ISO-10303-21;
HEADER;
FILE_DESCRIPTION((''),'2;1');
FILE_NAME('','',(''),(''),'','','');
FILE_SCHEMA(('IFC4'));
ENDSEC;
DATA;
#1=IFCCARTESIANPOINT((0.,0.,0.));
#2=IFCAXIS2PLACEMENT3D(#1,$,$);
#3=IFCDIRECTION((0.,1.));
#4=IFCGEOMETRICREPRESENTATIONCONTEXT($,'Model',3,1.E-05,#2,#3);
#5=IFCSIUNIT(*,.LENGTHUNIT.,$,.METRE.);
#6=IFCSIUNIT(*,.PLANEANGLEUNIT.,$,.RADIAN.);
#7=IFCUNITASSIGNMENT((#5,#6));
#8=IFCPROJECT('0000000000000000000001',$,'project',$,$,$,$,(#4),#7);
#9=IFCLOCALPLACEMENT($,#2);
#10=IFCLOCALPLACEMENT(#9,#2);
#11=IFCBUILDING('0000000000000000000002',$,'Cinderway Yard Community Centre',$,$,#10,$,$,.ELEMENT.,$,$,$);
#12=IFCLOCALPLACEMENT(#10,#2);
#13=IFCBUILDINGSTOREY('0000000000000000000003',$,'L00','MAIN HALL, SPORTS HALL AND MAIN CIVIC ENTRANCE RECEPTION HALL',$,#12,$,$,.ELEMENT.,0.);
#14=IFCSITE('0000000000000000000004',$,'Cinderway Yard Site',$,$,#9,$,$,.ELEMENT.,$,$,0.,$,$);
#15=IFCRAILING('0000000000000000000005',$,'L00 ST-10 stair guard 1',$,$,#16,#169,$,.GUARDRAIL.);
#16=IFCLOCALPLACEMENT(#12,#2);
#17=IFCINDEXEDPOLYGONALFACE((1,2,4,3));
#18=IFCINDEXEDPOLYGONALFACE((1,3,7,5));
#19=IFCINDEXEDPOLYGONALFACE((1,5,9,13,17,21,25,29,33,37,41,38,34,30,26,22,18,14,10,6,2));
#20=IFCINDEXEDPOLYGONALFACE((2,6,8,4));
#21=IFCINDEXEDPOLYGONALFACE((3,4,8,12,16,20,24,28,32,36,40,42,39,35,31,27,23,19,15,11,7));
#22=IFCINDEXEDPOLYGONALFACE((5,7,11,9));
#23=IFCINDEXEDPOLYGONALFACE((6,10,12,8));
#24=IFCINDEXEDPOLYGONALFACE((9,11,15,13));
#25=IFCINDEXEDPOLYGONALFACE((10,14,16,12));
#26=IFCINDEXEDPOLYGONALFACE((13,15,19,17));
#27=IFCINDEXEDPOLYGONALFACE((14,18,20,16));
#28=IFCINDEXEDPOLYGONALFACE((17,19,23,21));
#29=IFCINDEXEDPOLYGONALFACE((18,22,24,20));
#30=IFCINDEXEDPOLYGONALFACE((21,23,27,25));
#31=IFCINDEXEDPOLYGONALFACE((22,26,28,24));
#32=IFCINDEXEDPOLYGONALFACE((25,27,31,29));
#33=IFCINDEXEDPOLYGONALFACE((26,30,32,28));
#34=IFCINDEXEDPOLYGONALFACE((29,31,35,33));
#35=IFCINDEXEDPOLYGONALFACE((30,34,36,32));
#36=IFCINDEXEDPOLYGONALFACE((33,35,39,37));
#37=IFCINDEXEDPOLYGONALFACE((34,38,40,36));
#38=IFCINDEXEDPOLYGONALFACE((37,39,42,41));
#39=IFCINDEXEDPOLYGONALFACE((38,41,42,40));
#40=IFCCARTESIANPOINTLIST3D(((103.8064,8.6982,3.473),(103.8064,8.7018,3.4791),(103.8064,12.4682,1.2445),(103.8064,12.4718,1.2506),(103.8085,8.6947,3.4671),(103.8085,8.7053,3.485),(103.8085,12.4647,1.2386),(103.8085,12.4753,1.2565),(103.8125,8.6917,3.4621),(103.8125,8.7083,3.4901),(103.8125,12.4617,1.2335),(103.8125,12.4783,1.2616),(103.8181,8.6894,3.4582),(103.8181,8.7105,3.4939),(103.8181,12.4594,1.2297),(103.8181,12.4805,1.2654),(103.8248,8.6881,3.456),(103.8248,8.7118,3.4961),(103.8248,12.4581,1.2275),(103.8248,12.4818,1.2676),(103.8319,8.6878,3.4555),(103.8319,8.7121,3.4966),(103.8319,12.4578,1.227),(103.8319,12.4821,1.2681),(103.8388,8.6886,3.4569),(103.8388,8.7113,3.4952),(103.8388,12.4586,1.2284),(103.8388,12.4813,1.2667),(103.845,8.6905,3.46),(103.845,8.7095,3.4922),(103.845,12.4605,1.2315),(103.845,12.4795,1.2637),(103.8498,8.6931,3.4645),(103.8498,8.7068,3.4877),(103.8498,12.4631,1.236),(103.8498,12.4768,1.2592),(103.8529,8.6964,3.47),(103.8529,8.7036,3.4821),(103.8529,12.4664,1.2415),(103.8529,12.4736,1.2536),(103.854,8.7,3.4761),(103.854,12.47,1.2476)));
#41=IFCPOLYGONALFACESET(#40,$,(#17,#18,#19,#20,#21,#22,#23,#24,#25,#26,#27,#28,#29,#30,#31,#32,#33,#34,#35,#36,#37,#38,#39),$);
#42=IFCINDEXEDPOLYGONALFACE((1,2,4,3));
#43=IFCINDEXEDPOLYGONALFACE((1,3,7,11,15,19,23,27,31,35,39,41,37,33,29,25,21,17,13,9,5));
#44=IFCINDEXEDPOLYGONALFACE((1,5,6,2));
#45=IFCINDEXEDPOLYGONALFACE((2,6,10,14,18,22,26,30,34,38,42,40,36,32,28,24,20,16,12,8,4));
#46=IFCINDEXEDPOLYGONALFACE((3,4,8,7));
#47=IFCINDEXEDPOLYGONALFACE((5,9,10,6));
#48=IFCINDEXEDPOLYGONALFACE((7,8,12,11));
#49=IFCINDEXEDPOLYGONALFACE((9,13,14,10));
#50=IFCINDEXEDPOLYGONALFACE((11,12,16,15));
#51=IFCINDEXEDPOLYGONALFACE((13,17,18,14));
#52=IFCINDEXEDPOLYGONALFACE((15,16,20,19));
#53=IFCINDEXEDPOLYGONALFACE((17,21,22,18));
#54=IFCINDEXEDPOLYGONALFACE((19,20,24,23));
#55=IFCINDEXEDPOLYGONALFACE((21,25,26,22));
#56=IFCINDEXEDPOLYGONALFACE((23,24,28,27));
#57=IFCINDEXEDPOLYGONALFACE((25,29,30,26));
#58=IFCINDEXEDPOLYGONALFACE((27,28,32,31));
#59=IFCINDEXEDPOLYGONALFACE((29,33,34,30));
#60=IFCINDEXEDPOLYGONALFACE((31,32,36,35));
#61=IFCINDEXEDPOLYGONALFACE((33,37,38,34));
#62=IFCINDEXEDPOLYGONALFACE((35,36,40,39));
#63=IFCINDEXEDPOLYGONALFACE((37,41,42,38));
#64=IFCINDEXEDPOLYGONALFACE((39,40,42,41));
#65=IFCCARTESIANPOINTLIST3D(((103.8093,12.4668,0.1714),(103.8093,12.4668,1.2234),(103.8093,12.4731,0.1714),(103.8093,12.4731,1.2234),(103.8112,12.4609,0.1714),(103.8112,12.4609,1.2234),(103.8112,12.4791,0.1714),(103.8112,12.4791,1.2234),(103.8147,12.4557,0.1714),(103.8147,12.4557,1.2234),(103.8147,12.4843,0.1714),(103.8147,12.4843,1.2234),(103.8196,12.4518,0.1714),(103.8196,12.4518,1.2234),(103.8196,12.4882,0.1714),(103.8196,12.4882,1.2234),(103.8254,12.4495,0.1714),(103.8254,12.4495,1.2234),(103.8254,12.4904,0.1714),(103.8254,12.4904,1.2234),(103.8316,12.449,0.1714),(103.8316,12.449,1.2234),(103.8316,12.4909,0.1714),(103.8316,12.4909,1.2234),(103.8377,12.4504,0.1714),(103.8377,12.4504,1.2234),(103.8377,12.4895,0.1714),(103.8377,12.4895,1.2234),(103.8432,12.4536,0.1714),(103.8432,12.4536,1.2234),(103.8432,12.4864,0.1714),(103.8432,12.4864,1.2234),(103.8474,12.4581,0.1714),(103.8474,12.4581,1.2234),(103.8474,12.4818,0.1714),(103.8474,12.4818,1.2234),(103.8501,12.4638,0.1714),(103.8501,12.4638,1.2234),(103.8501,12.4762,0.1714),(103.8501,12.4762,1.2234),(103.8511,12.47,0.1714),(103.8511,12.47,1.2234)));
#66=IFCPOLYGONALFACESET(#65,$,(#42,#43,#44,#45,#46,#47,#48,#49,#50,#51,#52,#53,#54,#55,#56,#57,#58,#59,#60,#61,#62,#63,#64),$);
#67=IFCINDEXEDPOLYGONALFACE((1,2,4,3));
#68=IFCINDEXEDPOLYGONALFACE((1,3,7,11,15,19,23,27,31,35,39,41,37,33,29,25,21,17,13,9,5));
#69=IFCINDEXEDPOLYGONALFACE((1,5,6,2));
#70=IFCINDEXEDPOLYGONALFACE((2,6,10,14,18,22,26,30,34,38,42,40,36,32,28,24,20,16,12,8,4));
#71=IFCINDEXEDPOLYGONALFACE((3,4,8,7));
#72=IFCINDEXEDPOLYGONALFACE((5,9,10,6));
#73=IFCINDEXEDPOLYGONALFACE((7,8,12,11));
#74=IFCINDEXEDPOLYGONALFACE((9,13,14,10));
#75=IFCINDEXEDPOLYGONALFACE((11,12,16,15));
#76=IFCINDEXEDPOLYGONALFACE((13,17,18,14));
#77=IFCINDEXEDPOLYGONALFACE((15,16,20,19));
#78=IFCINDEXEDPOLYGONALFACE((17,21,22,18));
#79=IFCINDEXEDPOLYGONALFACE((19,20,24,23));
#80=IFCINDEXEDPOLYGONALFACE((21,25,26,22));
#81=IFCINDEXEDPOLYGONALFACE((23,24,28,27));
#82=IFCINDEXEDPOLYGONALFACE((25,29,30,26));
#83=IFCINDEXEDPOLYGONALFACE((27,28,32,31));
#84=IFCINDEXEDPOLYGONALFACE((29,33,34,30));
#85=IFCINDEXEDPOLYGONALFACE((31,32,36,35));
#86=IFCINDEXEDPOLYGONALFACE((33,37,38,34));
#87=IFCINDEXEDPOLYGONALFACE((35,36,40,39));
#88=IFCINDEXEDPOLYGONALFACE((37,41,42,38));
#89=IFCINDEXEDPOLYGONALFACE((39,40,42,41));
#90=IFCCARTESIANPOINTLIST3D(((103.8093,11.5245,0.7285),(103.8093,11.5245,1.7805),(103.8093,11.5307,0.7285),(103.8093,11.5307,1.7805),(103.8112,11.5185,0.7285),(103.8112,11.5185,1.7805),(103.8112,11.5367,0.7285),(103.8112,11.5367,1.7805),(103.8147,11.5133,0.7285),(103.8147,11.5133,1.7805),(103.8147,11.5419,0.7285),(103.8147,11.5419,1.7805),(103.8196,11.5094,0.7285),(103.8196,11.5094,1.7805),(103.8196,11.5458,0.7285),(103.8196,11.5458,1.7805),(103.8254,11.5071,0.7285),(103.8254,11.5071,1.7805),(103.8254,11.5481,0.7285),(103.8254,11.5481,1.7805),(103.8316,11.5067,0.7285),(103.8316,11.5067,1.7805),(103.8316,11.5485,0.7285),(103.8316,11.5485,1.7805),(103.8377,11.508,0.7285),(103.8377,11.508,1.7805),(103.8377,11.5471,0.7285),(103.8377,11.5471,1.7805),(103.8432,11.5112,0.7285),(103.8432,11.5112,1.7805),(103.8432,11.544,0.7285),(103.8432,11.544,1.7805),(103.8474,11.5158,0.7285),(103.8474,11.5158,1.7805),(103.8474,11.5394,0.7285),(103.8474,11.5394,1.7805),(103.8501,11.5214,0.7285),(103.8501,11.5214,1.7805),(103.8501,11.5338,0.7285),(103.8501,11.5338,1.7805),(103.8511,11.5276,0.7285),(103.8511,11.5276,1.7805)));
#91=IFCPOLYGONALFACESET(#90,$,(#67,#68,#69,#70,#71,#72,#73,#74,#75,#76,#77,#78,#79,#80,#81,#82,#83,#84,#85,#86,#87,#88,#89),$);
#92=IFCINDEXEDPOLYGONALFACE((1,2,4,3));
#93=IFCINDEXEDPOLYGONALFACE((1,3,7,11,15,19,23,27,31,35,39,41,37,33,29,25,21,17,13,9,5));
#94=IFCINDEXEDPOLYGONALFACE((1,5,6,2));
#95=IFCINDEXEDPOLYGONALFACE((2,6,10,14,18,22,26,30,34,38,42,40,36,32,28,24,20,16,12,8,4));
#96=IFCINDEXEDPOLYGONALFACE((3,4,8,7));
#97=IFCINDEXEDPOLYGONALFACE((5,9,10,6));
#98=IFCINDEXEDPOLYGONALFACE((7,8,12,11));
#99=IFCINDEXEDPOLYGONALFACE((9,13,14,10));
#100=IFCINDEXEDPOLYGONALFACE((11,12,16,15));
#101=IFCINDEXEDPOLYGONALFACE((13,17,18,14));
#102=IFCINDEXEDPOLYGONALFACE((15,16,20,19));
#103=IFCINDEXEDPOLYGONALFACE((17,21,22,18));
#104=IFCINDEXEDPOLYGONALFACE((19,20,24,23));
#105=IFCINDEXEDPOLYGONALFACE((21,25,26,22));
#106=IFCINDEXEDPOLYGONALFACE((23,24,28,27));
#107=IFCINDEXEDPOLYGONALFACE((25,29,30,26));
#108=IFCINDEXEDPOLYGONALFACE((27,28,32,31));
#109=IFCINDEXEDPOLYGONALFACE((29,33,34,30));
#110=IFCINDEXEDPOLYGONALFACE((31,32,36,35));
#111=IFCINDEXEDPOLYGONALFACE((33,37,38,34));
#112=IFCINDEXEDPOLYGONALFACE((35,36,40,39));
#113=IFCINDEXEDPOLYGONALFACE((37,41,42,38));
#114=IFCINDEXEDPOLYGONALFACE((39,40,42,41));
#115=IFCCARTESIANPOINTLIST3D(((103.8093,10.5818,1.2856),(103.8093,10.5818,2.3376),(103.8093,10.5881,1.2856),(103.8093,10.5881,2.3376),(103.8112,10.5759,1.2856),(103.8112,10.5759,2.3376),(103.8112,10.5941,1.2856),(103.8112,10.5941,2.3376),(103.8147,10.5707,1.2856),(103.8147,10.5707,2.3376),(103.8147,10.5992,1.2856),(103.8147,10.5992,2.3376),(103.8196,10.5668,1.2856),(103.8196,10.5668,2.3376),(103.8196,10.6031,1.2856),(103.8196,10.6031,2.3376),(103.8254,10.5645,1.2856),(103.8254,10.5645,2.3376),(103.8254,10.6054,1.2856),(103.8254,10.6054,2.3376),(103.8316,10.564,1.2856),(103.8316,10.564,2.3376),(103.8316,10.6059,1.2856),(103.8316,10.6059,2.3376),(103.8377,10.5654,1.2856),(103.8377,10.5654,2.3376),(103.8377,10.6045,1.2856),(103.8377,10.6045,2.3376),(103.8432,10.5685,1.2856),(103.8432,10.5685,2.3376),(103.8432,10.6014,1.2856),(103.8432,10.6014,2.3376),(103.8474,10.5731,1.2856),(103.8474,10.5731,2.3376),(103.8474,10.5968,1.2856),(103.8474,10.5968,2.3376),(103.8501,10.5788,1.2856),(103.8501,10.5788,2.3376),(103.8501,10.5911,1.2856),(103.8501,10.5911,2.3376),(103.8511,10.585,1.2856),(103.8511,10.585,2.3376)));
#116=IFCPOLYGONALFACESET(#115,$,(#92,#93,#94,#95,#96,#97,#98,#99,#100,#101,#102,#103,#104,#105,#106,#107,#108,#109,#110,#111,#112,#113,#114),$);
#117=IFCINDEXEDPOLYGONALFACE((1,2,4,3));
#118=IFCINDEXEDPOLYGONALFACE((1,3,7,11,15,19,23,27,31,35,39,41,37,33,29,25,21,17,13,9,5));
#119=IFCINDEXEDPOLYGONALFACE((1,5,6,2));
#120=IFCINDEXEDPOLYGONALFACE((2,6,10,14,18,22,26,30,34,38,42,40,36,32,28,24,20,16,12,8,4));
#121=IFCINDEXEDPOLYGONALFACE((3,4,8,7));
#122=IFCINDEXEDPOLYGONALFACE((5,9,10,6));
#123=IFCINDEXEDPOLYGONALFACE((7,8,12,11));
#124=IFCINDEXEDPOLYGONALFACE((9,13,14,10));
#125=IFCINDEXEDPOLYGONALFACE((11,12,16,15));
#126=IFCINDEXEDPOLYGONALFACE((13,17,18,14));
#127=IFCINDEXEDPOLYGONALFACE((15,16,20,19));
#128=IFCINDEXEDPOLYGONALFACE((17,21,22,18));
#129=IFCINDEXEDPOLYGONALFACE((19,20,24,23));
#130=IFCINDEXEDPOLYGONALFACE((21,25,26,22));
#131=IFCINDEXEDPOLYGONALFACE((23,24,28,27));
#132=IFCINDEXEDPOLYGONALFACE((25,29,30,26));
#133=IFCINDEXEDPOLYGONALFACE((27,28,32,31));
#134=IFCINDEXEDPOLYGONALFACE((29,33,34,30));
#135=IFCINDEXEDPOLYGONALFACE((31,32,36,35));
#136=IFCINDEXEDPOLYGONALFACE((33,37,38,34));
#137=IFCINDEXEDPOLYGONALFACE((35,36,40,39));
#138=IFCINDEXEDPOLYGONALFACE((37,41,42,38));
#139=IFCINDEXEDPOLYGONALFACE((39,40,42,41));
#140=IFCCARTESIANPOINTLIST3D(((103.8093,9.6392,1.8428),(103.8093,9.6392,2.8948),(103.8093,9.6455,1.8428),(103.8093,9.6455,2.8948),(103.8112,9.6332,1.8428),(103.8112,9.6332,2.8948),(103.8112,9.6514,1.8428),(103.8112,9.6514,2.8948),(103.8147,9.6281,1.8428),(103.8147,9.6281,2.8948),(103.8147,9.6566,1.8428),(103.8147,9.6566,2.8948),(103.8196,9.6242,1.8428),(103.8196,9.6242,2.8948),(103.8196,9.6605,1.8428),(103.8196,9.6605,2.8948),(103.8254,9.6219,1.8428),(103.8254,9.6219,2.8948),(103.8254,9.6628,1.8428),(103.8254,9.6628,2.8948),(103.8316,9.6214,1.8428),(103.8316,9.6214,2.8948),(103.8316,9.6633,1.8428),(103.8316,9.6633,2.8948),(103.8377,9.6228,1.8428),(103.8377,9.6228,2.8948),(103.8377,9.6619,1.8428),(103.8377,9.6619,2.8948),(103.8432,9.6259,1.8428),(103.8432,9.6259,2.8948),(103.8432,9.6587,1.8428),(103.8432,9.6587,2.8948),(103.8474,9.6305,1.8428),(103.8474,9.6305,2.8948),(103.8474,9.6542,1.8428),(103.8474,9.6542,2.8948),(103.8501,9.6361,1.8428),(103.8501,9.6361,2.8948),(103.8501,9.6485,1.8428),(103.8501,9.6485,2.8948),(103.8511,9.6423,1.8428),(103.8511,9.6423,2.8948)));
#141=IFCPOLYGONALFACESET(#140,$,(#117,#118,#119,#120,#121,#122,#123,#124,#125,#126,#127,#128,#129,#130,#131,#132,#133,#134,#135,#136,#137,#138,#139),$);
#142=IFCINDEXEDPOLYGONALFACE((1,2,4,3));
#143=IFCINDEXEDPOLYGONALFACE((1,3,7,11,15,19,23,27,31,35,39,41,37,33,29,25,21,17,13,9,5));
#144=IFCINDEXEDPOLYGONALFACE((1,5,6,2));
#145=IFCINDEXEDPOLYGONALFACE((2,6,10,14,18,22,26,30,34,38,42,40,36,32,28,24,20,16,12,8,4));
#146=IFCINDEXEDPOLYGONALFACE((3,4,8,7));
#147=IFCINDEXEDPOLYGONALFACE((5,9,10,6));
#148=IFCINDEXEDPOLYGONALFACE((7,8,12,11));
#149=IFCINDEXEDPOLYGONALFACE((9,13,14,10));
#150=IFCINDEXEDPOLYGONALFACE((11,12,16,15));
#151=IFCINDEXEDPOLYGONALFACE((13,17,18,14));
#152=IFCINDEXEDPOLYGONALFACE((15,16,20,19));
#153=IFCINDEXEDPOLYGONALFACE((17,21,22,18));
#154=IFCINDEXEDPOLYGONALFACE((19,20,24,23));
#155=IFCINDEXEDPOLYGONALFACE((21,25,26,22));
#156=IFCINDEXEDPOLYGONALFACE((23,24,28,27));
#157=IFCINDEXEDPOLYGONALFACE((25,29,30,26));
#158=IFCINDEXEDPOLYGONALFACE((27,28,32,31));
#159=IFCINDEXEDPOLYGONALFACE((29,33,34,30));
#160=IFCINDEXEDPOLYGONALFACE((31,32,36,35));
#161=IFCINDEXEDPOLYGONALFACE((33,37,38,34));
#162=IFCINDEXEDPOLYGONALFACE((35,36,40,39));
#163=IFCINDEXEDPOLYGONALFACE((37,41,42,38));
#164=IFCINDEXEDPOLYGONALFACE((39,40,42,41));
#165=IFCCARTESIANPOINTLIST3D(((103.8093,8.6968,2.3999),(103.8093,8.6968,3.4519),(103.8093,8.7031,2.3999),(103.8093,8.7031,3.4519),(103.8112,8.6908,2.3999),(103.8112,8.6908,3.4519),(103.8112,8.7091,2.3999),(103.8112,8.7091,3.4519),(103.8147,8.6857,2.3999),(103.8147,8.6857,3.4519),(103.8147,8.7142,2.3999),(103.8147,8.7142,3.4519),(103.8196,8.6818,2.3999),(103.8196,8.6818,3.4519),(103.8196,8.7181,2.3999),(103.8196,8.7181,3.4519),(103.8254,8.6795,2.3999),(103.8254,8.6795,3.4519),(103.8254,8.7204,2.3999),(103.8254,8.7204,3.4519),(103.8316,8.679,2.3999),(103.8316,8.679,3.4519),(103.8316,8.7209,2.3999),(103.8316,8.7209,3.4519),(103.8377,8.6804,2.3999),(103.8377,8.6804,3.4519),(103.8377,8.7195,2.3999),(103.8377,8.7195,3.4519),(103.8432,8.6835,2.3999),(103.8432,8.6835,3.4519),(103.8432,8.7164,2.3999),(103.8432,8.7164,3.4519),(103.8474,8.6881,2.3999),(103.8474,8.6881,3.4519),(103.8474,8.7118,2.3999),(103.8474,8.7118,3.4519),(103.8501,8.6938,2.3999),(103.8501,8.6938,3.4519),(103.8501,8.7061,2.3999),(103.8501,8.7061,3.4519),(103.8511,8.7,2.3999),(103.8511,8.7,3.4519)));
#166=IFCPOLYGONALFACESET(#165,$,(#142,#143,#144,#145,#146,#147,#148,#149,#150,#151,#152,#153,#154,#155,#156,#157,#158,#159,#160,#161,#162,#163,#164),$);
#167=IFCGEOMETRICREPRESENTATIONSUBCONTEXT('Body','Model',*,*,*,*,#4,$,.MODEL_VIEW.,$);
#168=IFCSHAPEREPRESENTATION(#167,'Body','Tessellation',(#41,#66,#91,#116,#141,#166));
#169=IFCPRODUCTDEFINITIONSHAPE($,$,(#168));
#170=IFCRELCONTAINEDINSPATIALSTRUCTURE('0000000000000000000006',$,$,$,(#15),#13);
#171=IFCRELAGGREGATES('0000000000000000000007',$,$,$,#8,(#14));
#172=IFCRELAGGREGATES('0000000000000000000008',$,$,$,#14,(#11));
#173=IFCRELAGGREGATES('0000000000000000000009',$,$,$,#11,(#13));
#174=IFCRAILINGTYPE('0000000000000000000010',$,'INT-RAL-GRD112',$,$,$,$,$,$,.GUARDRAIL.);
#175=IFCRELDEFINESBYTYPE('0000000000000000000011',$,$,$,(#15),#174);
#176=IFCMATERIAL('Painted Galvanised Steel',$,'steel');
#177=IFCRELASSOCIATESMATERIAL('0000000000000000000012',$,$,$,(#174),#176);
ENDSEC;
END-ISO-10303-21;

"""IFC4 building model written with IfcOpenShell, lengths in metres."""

from ifc_helpers import new_model, si_unit, direction, frame, origin, origin_2d, place, context, subcontext, project, spatial, circle, extrude, material, type_object, element, save


model = new_model("IFC4")

# Units and contexts
model_context = context("Model", 3, precision=1e-05, world=origin(), true_north=direction((0.0, 1.0)))
body_context = subcontext(model_context, "Body", "Model", "MODEL_VIEW")
ifc_project = project(units=[si_unit("LENGTHUNIT", "METRE"), si_unit("PLANEANGLEUNIT", "RADIAN")], contexts=[model_context])

# Site, building, storey
site_placement = place(None, origin())
site = spatial("IfcSite", under=ifc_project, at=site_placement, Name="Cinderway Yard Site", CompositionType="ELEMENT", RefElevation=0.0)
building_placement = place(site_placement, origin())
building = spatial("IfcBuilding", under=site, at=building_placement, Name="Cinderway Yard Community Centre", CompositionType="ELEMENT")
storey_placement = place(building_placement, origin())
storey = spatial("IfcBuildingStorey", under=building, at=storey_placement, Name="L00", Description="MAIN HALL, SPORTS HALL AND MAIN CIVIC ENTRANCE RECEPTION HALL", CompositionType="ELEMENT", Elevation=0.0)

# Shared definitions
ifc_material_1 = material(Name="Painted Galvanised Steel", Category="steel")

# Railing
railing_type = type_object("IfcRailingType", Name="INT-RAL-GRD112", PredefinedType="GUARDRAIL", material=ifc_material_1)
railing_1_placement = place(storey_placement, frame((103.8301, 12.47, 0.1714)))
element("IfcRailing", 1, at=railing_1_placement, inside=storey, type_object=railing_type, Name="L00 ST-10 stair guard 1", PredefinedType="GUARDRAIL", context=body_context, shape_type="SweptSolid", body=[
    extrude(circle(Radius=0.0239, at=origin_2d()), frame((0.0, 0.0, 1.0762), z_axis=(0.0, -0.860849, 0.508861), x_axis=(1.0, 0.0, 0.0)), (0.0, 0.0, 1.0), 4.3794),
    extrude(circle(Radius=0.021, at=origin_2d()), origin(), (0.0, 0.0, 1.0), 1.052),
    extrude(circle(Radius=0.021, at=origin_2d()), frame((0.0, -0.9424, 0.5571)), (0.0, 0.0, 1.0), 1.052),
    extrude(circle(Radius=0.021, at=origin_2d()), frame((0.0, -1.885, 1.1143)), (0.0, 0.0, 1.0), 1.052),
    extrude(circle(Radius=0.021, at=origin_2d()), frame((0.0, -2.8276, 1.6714)), (0.0, 0.0, 1.0), 1.052),
    extrude(circle(Radius=0.021, at=origin_2d()), frame((0.0, -3.77, 2.2285)), (0.0, 0.0, 1.0), 1.052),
])

save(model, "model.ifc")
